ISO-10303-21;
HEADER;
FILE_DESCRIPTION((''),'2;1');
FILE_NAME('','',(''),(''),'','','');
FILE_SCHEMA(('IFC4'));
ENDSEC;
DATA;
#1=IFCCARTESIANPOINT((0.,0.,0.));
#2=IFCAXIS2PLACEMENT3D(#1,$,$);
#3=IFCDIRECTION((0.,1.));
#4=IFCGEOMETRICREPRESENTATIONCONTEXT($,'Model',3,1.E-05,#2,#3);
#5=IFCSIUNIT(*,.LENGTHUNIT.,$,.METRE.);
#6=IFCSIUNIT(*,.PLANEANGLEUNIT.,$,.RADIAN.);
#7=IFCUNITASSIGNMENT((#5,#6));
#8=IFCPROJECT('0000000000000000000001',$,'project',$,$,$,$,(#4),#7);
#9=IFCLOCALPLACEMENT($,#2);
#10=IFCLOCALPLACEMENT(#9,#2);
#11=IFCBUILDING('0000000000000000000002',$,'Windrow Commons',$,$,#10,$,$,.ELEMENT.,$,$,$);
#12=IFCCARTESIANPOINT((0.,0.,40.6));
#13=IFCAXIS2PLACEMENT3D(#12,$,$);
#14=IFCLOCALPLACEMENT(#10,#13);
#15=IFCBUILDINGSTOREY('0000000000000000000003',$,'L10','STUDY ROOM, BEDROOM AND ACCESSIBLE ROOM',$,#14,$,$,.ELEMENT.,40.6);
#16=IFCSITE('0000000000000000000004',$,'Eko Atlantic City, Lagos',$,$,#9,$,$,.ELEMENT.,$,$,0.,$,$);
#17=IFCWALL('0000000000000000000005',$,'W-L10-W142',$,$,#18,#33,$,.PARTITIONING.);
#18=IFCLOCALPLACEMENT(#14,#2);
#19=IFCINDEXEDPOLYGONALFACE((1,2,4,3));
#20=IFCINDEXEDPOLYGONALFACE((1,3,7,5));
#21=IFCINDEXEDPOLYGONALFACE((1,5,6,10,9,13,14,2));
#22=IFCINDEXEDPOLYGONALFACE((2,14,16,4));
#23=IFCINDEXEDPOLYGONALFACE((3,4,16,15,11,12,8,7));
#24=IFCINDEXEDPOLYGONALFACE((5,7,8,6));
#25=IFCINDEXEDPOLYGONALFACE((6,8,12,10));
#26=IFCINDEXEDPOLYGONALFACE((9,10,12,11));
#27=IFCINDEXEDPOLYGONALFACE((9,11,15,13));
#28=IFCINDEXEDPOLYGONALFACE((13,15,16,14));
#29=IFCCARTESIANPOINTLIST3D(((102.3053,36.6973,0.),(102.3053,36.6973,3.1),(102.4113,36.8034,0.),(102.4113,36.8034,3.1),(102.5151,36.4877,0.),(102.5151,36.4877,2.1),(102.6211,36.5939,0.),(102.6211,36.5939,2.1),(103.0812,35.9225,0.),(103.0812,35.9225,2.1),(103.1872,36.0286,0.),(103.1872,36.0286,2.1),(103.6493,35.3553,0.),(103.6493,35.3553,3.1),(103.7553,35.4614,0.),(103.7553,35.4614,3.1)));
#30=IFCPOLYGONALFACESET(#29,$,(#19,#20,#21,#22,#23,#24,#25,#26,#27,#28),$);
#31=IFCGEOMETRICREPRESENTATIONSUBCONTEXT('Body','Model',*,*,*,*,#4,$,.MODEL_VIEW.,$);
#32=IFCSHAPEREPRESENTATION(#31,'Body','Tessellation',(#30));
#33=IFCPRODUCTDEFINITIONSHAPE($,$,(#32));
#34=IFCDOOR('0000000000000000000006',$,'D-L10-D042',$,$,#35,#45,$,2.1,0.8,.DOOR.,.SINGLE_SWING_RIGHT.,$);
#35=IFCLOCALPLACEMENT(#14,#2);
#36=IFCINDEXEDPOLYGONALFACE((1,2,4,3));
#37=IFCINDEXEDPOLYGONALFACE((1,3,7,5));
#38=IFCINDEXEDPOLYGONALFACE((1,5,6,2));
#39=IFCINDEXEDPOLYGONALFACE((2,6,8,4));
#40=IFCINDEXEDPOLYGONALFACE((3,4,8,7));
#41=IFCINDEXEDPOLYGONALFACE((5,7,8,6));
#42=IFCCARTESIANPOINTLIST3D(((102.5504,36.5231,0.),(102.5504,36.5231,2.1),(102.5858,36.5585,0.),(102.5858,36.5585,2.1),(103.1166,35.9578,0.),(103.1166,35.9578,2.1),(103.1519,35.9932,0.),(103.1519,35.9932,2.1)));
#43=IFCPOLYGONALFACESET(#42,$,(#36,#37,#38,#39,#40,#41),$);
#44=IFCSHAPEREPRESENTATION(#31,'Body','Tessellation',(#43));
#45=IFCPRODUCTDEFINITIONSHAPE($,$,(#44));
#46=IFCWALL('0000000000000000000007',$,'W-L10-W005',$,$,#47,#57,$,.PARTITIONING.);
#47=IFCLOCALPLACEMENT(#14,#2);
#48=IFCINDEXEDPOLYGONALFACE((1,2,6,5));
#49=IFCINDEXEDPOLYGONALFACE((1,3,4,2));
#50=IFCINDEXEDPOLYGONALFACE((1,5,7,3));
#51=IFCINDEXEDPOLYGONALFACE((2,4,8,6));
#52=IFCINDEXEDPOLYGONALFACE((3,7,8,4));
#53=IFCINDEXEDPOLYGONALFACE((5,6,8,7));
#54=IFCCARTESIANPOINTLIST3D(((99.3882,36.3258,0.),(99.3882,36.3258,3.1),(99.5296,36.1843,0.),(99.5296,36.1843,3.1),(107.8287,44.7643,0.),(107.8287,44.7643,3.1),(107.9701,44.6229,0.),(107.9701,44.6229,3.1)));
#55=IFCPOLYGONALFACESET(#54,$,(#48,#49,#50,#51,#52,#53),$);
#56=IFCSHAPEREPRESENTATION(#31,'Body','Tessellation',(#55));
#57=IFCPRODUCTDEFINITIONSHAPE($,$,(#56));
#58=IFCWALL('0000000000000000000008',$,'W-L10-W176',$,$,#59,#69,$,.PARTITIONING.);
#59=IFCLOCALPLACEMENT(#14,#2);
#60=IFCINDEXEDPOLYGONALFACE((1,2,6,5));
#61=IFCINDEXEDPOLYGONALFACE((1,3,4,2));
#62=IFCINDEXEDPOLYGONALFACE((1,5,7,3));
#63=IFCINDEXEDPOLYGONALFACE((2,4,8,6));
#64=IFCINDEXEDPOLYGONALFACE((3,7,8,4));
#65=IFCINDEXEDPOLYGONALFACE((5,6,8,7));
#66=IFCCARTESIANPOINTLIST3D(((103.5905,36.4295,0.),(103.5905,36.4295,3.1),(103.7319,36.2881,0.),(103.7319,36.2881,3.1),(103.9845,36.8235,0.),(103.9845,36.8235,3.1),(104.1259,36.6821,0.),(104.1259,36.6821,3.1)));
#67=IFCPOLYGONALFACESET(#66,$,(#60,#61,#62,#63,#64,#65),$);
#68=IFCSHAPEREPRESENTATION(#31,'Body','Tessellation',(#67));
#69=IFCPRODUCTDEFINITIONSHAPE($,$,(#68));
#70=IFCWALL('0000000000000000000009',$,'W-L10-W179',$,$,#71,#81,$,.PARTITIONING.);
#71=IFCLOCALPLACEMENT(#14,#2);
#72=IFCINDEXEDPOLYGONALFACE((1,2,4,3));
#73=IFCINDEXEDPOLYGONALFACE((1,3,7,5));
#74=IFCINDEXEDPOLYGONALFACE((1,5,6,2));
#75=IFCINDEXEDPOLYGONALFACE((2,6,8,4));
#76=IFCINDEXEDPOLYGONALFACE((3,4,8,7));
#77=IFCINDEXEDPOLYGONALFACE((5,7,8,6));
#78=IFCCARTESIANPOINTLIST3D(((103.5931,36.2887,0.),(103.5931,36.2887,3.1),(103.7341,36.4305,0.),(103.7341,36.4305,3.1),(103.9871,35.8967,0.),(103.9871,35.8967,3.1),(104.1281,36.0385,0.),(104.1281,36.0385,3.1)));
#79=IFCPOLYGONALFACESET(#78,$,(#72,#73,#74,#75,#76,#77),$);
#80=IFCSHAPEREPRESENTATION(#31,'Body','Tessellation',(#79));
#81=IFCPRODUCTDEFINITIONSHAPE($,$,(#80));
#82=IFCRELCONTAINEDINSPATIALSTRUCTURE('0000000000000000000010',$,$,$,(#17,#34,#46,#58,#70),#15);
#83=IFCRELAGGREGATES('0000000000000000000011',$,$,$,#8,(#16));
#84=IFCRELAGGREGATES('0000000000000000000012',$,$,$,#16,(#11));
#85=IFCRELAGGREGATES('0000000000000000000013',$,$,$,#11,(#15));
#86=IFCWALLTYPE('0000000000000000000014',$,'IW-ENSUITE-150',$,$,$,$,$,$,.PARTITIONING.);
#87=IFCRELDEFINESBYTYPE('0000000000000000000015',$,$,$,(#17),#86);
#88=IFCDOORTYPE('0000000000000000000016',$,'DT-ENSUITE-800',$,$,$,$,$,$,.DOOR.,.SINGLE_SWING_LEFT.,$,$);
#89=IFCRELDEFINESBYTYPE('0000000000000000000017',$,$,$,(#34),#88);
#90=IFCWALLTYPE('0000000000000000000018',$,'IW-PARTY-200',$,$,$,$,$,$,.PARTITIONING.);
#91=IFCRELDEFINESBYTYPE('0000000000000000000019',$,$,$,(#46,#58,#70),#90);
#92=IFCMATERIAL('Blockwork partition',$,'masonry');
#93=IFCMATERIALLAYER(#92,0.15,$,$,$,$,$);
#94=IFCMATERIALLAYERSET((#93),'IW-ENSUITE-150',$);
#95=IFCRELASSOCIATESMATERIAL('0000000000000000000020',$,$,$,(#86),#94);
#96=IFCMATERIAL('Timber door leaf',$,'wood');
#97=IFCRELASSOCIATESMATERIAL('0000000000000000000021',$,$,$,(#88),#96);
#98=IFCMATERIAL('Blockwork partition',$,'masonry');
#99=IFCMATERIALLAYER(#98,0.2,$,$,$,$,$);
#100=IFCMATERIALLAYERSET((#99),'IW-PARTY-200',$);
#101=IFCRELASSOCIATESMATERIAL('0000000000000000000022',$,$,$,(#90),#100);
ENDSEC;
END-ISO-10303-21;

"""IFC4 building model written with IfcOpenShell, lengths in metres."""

from ifc_helpers import new_model, si_unit, direction, frame, frame_2d, origin, place, context, subcontext, project, spatial, rectangle, extrude, material, layer, layer_set, type_object, element, fill, save


model = new_model("IFC4")

# Units and contexts
model_context = context("Model", 3, precision=1e-05, world=origin(), true_north=direction((0.0, 1.0)))
body_context = subcontext(model_context, "Body", "Model", "MODEL_VIEW")
ifc_project = project(units=[si_unit("LENGTHUNIT", "METRE"), si_unit("PLANEANGLEUNIT", "RADIAN")], contexts=[model_context])

# Site, building, storey
site_placement = place(None, origin())
site = spatial("IfcSite", under=ifc_project, at=site_placement, Name="Eko Atlantic City, Lagos", CompositionType="ELEMENT", RefElevation=0.0)
building_placement = place(site_placement, origin())
building = spatial("IfcBuilding", under=site, at=building_placement, Name="Windrow Commons", CompositionType="ELEMENT")
storey_placement = place(building_placement, frame((0.0, 0.0, 40.6)))
storey = spatial("IfcBuildingStorey", under=building, at=storey_placement, Name="L10", Description="STUDY ROOM, BEDROOM AND ACCESSIBLE ROOM", CompositionType="ELEMENT", Elevation=40.6)

# Shared definitions
ifc_material_1 = material(Name="Blockwork partition", Category="masonry")
ifc_layer_1 = layer(ifc_material_1, 0.15)
ifc_layer_set_1 = layer_set([ifc_layer_1], Name="IW-ENSUITE-150")
wall_type_1 = type_object("IfcWallType", Name="IW-ENSUITE-150", PredefinedType="PARTITIONING", material=ifc_layer_set_1)

# Wall, opening, door
wall_1_placement = place(storey_placement, frame((102.3583, 36.7503, 0.0), z_axis=(0.0, 0.0, 1.0), x_axis=(0.707633, -0.70658, 0.0)))
wall_1 = element("IfcWall", 1, at=wall_1_placement, inside=storey, type_object=wall_type_1, Name="W-L10-W142", PredefinedType="PARTITIONING", context=body_context, shape_type="SweptSolid", body=[
    extrude(rectangle(XDim=1.8993, YDim=0.15, at=frame_2d((0.9496, 0.0))), origin(), (0.0, 0.0, 1.0), 3.1),
])
opening_1_placement = place(wall_1_placement, frame((0.2965, 0.0, 0.0)))
opening_1 = element("IfcOpeningElement", 2, at=opening_1_placement, cuts=wall_1, PredefinedType="OPENING", context=body_context, shape_type="SweptSolid", body=[
    extrude(rectangle(XDim=0.8, YDim=2.1, at=frame_2d((0.4, 1.05))), frame((0.0, 0.085, 0.0), z_axis=(0.0, -1.0, 0.0), x_axis=(1.0, 0.0, 0.0)), (0.0, 0.0, 1.0), 0.17),
])
ifc_material_2 = material(Name="Timber door leaf", Category="wood")
door_type_1 = type_object("IfcDoorType", Name="DT-ENSUITE-800", OperationType="SINGLE_SWING_LEFT", PredefinedType="DOOR", material=ifc_material_2)
door_1_placement = place(opening_1_placement, origin())
door_1 = element("IfcDoor", 3, at=door_1_placement, inside=storey, type_object=door_type_1, Name="D-L10-D042", OperationType="SINGLE_SWING_RIGHT", OverallHeight=2.1, OverallWidth=0.8, PredefinedType="DOOR", context=body_context, shape_type="SweptSolid", body=[
    extrude(rectangle(XDim=0.8, YDim=2.1, at=frame_2d((0.4, 1.05))), frame((0.0, 0.025, 0.0), z_axis=(0.0, -1.0, 0.0), x_axis=(1.0, 0.0, 0.0)), (0.0, 0.0, 1.0), 0.05),
])
fill(opening_1, door_1)

# Walls
ifc_material_3 = material(Name="Blockwork partition", Category="masonry")
ifc_layer_2 = layer(ifc_material_3, 0.2)
ifc_layer_set_2 = layer_set([ifc_layer_2], Name="IW-PARTY-200")
wall_type_2 = type_object("IfcWallType", Name="IW-PARTY-200", PredefinedType="PARTITIONING", material=ifc_layer_set_2)
wall_2_placement = place(storey_placement, frame((99.4589, 36.2551, 0.0), z_axis=(0.0, 0.0, 1.0), x_axis=(0.707191, 0.707023, 0.0)))
element("IfcWall", 4, at=wall_2_placement, inside=storey, type_object=wall_type_2, Name="W-L10-W005", PredefinedType="PARTITIONING", context=body_context, shape_type="SweptSolid", body=[
    extrude(rectangle(XDim=11.9353, YDim=0.2, at=frame_2d((5.9676, 0.0))), origin(), (0.0, 0.0, 1.0), 3.1),
])
wall_3_placement = place(storey_placement, frame((103.6612, 36.3588, 0.0), z_axis=(0.0, 0.0, 1.0), x_axis=(0.707107, 0.707107, 0.0)))
element("IfcWall", 5, at=wall_3_placement, inside=storey, type_object=wall_type_2, Name="W-L10-W176", PredefinedType="PARTITIONING", context=body_context, shape_type="SweptSolid", body=[
    extrude(rectangle(XDim=0.5572, YDim=0.2, at=frame_2d((0.2786, 0.0))), origin(), (0.0, 0.0, 1.0), 3.1),
])
wall_4_placement = place(storey_placement, frame((103.6636, 36.3596, 0.0), z_axis=(0.0, 0.0, 1.0), x_axis=(0.708904, -0.705305, 0.0)))
element("IfcWall", 6, at=wall_4_placement, inside=storey, type_object=wall_type_2, Name="W-L10-W179", PredefinedType="PARTITIONING", context=body_context, shape_type="SweptSolid", body=[
    extrude(rectangle(XDim=0.5558, YDim=0.2, at=frame_2d((0.2779, 0.0))), origin(), (0.0, 0.0, 1.0), 3.1),
])

save(model, "model.ifc")
